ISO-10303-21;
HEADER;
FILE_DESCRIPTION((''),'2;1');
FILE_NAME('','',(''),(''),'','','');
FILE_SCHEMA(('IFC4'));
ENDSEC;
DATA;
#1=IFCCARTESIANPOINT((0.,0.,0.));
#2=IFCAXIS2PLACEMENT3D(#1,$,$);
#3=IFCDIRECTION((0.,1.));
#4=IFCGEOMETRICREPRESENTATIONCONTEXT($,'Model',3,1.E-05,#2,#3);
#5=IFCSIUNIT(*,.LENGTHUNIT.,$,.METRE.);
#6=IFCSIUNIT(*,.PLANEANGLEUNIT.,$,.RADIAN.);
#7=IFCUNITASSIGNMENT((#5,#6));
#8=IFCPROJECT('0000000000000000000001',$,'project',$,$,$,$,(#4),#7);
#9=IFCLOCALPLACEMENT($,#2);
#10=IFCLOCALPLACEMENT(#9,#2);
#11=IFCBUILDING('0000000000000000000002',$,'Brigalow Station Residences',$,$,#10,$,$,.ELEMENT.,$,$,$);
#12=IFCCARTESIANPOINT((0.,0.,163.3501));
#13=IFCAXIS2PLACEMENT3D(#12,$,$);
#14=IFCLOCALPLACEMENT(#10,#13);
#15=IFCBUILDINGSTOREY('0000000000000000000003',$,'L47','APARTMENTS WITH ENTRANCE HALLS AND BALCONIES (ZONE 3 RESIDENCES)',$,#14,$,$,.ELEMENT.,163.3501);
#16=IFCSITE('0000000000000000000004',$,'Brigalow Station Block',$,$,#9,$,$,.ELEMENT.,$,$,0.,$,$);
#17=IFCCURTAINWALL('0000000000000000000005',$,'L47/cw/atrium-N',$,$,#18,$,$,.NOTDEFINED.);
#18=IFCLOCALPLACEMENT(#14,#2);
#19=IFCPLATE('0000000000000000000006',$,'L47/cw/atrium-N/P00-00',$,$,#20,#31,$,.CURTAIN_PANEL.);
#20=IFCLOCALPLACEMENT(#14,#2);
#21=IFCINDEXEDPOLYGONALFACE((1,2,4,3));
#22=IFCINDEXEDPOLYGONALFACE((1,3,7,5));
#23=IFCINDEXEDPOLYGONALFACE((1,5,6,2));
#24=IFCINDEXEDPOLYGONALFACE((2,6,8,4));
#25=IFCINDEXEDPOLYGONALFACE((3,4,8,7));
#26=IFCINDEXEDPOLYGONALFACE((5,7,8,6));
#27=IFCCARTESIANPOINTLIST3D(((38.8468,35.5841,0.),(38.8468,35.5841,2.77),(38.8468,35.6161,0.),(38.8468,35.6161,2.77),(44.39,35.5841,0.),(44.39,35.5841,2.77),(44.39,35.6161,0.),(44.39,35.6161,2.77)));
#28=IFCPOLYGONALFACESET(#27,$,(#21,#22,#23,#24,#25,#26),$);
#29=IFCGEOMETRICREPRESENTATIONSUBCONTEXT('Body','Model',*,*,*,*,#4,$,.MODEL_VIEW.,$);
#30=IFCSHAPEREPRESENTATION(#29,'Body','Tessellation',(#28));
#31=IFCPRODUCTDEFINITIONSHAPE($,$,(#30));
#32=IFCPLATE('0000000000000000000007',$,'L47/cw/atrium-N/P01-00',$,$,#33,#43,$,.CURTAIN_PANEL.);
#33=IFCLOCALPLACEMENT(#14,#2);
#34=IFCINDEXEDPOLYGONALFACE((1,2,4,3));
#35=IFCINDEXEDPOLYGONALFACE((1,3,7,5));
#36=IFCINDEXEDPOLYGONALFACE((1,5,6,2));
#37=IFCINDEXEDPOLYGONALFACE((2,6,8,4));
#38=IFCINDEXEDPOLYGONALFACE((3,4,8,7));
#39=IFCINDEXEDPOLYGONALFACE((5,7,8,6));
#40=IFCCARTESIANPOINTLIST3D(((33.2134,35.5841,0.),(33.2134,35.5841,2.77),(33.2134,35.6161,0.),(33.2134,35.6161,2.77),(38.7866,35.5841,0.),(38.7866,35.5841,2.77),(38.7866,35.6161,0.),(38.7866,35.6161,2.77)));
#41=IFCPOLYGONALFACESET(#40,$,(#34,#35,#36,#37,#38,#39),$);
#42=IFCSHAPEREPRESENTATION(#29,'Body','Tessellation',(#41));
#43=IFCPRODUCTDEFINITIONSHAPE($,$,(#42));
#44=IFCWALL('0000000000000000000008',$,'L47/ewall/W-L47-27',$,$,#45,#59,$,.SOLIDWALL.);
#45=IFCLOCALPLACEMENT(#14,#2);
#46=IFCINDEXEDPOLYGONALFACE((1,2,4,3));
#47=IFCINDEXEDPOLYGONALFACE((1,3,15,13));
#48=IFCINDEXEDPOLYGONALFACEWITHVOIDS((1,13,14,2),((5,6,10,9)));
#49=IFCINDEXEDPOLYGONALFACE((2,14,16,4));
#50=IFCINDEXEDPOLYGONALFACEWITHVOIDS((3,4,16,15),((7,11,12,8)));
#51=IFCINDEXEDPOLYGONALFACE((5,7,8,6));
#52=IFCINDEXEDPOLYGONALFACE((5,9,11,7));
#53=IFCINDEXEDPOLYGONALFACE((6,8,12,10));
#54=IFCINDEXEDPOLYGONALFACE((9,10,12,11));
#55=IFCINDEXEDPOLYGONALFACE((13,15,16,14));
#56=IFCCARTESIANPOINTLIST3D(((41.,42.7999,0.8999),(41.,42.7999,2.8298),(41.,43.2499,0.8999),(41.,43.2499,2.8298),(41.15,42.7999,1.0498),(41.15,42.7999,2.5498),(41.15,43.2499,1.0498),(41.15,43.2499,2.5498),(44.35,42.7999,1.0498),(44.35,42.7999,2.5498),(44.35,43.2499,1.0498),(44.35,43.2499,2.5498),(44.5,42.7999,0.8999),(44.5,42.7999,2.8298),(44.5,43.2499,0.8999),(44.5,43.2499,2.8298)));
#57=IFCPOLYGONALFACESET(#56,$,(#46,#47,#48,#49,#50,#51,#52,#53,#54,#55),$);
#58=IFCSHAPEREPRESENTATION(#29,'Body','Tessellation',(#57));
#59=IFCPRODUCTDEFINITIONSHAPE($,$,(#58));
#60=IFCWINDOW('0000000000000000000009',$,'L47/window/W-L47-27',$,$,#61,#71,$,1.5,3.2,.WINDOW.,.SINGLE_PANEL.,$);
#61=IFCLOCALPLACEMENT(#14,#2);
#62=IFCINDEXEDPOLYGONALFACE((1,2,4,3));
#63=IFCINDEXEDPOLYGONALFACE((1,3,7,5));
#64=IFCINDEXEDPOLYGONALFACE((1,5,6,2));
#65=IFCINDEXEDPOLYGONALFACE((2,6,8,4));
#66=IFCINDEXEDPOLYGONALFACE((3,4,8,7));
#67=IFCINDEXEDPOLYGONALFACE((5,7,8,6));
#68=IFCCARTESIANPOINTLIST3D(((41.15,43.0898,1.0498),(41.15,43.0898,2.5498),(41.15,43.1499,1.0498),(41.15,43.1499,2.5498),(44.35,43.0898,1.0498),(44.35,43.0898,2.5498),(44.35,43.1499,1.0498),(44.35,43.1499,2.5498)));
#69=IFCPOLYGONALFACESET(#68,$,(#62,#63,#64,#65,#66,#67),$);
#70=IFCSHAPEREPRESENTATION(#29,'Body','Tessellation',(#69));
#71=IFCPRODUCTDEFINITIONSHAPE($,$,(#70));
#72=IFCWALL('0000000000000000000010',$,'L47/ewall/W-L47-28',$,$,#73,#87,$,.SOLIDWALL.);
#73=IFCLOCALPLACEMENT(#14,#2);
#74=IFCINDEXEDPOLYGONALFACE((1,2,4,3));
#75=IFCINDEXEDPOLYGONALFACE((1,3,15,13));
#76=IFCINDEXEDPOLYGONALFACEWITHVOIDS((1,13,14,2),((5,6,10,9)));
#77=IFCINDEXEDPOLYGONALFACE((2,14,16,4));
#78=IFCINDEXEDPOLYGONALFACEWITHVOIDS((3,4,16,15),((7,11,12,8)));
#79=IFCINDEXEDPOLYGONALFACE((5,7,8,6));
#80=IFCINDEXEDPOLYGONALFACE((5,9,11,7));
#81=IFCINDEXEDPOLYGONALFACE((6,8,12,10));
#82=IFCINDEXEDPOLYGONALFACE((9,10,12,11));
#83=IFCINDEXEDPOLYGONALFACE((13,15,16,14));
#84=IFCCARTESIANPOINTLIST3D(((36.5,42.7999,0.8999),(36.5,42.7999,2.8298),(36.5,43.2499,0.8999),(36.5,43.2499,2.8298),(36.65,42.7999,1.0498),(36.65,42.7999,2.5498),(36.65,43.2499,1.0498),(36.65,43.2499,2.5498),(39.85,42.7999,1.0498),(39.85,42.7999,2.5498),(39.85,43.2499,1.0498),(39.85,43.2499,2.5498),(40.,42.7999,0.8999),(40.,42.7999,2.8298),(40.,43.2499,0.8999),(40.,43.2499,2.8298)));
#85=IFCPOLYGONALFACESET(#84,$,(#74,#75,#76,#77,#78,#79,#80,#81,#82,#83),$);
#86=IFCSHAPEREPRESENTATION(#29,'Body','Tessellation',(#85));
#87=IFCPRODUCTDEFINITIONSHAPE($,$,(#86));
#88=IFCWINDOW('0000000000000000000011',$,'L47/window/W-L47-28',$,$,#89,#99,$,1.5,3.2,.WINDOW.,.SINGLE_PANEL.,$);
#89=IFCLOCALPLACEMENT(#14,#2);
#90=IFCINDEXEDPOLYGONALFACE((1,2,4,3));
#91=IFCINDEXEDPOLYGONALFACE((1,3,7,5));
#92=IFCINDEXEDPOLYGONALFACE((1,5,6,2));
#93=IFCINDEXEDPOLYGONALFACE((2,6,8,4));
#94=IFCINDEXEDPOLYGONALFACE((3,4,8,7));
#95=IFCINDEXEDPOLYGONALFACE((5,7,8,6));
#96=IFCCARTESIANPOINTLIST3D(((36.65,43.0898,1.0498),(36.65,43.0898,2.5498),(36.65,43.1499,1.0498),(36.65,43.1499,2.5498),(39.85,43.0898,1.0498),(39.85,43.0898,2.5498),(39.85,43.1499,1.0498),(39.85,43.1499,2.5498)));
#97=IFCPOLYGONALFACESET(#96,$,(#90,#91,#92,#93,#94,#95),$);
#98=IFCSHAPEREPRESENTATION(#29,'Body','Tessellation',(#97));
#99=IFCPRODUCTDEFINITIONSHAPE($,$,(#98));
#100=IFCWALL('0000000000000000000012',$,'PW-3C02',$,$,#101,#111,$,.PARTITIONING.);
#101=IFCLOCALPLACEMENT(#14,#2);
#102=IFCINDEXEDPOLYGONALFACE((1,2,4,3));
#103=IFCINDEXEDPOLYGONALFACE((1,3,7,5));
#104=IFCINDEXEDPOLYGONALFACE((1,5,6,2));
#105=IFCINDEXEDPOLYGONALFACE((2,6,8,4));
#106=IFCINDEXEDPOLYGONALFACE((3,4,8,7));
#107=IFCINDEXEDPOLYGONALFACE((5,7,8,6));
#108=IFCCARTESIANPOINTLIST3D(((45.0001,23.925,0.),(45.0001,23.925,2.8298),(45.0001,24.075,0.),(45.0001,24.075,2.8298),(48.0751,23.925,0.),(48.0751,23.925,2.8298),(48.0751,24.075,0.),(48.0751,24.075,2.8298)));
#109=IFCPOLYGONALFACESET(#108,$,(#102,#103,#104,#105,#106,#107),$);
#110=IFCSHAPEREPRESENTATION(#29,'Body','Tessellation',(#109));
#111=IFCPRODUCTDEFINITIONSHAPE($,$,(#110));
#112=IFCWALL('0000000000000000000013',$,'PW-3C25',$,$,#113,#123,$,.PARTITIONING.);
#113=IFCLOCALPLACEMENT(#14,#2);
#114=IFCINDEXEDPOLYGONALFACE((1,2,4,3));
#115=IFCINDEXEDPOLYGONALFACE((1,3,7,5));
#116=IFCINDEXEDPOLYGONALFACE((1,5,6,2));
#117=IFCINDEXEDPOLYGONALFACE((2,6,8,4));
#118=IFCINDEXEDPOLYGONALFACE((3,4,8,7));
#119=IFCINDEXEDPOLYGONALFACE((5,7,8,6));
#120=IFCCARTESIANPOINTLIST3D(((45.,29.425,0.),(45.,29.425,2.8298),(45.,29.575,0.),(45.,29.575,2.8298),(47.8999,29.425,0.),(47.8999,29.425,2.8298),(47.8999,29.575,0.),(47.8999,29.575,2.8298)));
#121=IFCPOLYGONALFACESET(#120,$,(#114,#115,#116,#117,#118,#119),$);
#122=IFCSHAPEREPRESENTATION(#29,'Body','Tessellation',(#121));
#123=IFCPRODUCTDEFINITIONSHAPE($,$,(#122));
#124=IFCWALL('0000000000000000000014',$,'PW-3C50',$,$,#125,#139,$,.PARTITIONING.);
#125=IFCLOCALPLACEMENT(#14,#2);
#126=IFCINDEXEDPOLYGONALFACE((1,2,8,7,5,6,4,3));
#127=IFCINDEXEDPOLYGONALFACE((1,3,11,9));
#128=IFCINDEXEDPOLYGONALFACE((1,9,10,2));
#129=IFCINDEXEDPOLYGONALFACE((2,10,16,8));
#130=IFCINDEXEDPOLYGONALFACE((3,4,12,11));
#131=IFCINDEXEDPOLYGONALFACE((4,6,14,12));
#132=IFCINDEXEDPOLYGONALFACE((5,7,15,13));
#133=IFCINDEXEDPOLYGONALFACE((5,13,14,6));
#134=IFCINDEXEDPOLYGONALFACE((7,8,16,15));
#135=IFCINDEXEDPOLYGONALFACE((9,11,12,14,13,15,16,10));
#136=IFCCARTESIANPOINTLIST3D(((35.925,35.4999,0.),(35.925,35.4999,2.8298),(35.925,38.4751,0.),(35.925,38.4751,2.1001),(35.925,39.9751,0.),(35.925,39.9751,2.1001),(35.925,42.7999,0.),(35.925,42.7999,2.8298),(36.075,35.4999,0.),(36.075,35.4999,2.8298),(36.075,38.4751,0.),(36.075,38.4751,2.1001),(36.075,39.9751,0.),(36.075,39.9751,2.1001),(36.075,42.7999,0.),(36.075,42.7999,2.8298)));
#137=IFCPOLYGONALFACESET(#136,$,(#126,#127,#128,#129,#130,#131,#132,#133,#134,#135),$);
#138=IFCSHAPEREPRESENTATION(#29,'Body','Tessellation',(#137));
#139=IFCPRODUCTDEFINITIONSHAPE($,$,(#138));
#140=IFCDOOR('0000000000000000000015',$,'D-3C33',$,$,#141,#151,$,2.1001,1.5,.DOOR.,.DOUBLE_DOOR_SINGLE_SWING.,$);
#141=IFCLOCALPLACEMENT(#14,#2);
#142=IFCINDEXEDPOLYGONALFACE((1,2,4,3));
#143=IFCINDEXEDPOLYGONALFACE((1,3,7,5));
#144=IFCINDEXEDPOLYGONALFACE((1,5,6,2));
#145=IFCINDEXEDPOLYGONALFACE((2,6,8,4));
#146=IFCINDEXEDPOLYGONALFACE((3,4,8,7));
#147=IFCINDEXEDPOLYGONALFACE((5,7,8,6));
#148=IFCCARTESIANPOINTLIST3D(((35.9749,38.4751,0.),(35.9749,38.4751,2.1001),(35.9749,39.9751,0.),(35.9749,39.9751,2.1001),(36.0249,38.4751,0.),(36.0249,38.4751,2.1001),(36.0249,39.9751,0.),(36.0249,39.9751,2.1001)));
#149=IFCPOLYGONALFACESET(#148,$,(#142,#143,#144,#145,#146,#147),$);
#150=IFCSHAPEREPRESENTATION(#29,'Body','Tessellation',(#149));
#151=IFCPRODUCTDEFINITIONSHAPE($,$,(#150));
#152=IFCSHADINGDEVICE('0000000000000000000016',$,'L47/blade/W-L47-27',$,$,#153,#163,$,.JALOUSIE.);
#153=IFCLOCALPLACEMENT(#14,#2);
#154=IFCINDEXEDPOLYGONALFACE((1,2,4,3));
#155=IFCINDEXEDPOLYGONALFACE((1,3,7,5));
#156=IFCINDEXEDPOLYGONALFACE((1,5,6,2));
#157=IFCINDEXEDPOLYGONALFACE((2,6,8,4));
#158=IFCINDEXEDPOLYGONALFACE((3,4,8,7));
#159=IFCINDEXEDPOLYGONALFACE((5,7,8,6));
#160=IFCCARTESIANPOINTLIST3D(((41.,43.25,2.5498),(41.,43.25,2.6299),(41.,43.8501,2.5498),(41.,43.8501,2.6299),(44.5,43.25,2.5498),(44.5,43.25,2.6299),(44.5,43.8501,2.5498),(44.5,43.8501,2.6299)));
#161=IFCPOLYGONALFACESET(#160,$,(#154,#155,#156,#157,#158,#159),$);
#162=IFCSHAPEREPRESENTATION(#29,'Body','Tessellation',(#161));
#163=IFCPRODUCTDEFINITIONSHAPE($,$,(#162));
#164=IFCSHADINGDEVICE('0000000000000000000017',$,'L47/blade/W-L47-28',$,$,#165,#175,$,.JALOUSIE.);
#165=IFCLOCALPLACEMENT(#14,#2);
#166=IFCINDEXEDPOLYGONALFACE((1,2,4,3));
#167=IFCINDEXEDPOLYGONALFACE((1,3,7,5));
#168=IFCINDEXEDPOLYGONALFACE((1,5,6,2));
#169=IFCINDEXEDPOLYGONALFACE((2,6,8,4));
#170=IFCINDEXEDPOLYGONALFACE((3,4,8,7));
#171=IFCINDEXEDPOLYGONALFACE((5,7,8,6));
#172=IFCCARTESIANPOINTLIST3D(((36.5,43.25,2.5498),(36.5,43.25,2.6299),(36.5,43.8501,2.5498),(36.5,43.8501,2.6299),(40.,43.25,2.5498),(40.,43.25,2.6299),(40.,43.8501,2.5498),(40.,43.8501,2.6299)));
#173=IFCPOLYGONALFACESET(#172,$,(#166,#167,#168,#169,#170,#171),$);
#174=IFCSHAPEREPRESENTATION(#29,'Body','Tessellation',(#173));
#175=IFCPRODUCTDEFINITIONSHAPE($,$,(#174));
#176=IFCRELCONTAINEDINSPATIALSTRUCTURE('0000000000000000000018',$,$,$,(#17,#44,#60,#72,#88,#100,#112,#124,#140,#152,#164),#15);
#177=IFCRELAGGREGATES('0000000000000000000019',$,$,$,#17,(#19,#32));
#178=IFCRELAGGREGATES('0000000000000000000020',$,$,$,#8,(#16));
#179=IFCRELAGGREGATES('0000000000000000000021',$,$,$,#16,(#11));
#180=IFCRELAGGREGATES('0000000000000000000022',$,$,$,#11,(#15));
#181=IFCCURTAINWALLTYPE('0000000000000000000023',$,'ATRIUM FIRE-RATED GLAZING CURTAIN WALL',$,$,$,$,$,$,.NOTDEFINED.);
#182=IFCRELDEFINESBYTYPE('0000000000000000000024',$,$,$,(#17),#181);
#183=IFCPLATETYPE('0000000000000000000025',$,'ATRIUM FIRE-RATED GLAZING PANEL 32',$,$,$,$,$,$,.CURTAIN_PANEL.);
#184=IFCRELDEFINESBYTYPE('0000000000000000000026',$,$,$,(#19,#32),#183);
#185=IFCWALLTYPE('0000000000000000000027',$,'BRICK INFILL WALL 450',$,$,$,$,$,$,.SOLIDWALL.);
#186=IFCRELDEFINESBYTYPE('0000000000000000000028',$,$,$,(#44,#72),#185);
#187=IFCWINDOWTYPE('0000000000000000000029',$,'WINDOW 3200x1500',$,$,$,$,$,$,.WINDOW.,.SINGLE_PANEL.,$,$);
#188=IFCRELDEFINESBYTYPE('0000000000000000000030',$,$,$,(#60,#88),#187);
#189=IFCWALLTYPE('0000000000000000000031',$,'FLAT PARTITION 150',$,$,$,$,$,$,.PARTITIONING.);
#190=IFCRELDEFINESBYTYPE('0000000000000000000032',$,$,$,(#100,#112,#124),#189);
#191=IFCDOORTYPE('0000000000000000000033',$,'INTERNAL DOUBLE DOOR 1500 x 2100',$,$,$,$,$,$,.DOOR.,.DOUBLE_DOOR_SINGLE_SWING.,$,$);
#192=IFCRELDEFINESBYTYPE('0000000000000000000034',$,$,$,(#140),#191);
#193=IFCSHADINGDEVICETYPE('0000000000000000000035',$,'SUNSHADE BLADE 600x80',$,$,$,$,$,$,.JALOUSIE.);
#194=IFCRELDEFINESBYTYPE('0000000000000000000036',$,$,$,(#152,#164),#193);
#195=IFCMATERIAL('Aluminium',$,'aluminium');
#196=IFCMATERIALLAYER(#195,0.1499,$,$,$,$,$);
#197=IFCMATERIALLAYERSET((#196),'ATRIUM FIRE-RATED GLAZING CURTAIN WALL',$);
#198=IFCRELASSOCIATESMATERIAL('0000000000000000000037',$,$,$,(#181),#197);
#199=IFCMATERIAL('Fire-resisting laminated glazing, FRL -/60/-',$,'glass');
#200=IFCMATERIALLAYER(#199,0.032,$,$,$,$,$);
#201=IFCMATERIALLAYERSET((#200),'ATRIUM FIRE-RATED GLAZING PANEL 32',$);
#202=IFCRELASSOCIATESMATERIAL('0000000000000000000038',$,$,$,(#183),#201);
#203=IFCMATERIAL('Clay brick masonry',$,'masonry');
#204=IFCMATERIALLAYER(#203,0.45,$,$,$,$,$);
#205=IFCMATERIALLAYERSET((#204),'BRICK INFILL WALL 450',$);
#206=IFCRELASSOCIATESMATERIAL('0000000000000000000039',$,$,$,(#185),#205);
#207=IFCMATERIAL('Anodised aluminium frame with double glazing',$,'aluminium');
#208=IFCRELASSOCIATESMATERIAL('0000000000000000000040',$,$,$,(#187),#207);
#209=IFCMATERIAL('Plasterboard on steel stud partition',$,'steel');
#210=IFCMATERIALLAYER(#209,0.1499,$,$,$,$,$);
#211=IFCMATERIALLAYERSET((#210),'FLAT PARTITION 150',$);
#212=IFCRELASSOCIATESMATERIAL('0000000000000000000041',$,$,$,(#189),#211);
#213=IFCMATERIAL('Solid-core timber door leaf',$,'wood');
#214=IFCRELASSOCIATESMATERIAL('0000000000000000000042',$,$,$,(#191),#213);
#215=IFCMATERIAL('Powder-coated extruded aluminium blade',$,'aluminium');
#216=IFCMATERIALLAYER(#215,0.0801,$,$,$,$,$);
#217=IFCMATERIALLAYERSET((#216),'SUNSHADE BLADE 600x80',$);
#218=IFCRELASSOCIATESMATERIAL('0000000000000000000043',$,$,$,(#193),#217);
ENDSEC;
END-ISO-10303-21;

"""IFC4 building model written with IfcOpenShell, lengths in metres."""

from ifc_helpers import new_model, si_unit, direction, frame, frame_2d, origin, origin_2d, place, context, subcontext, project, spatial, rectangle, extrude, material, layer, layer_set, type_object, element, fill, aggregate, save


model = new_model("IFC4")

# Units and contexts
model_context = context("Model", 3, precision=1e-05, world=origin(), true_north=direction((0.0, 1.0)))
body_context = subcontext(model_context, "Body", "Model", "MODEL_VIEW")
ifc_project = project(units=[si_unit("LENGTHUNIT", "METRE"), si_unit("PLANEANGLEUNIT", "RADIAN")], contexts=[model_context])

# Site, building, storey
site_placement = place(None, origin())
site = spatial("IfcSite", under=ifc_project, at=site_placement, Name="Brigalow Station Block", CompositionType="ELEMENT", RefElevation=0.0)
building_placement = place(site_placement, origin())
building = spatial("IfcBuilding", under=site, at=building_placement, Name="Brigalow Station Residences", CompositionType="ELEMENT")
storey_placement = place(building_placement, frame((0.0, 0.0, 163.3501)))
storey = spatial("IfcBuildingStorey", under=building, at=storey_placement, Name="L47", Description="APARTMENTS WITH ENTRANCE HALLS AND BALCONIES (ZONE 3 RESIDENCES)", CompositionType="ELEMENT", Elevation=163.3501)

# Curtain wall
ifc_material_1 = material(Name="Aluminium", Category="aluminium")
ifc_layer_1 = layer(ifc_material_1, 0.1499)
ifc_layer_set_1 = layer_set([ifc_layer_1], Name="ATRIUM FIRE-RATED GLAZING CURTAIN WALL")
curtain_wall_type = type_object("IfcCurtainWallType", Name="ATRIUM FIRE-RATED GLAZING CURTAIN WALL", PredefinedType="NOTDEFINED", material=ifc_layer_set_1)
curtain_wall_1_placement = place(storey_placement, origin())
curtain_wall_1 = element("IfcCurtainWall", 1, at=curtain_wall_1_placement, inside=storey, type_object=curtain_wall_type, Name="L47/cw/atrium-N", PredefinedType="NOTDEFINED")

# Plates
ifc_material_2 = material(Name="Fire-resisting laminated glazing, FRL -/60/-", Category="glass")
ifc_layer_2 = layer(ifc_material_2, 0.032)
ifc_layer_set_2 = layer_set([ifc_layer_2], Name="ATRIUM FIRE-RATED GLAZING PANEL 32")
plate_type = type_object("IfcPlateType", Name="ATRIUM FIRE-RATED GLAZING PANEL 32", PredefinedType="CURTAIN_PANEL", material=ifc_layer_set_2)
plate_1_placement = place(storey_placement, frame((41.6184, 35.6001, 0.0), z_axis=(0.0, 0.0, 1.0), x_axis=(-1.0, 0.0, 0.0)))
plate_1 = element("IfcPlate", 2, at=plate_1_placement, type_object=plate_type, Name="L47/cw/atrium-N/P00-00", PredefinedType="CURTAIN_PANEL", context=body_context, shape_type="SweptSolid", body=[
    extrude(rectangle(XDim=5.5432, YDim=0.032, at=origin_2d()), origin(), (0.0, 0.0, 1.0), 2.77),
])
plate_2_placement = place(storey_placement, frame((36.0, 35.6001, 0.0), z_axis=(0.0, 0.0, 1.0), x_axis=(-1.0, 0.0, 0.0)))
plate_2 = element("IfcPlate", 3, at=plate_2_placement, type_object=plate_type, Name="L47/cw/atrium-N/P01-00", PredefinedType="CURTAIN_PANEL", context=body_context, shape_type="SweptSolid", body=[
    extrude(rectangle(XDim=5.5732, YDim=0.032, at=origin_2d()), origin(), (0.0, 0.0, 1.0), 2.77),
])
aggregate(curtain_wall_1, [plate_1, plate_2])

# Walls, openings, windows
ifc_material_3 = material(Name="Clay brick masonry", Category="masonry")
ifc_layer_3 = layer(ifc_material_3, 0.45)
ifc_layer_set_3 = layer_set([ifc_layer_3], Name="BRICK INFILL WALL 450")
wall_type_1 = type_object("IfcWallType", Name="BRICK INFILL WALL 450", PredefinedType="SOLIDWALL", material=ifc_layer_set_3)
wall_1_placement = place(storey_placement, frame((44.5, 43.0249, 0.8999), z_axis=(0.0, 0.0, 1.0), x_axis=(-1.0, 0.0, 0.0)))
wall_1 = element("IfcWall", 4, at=wall_1_placement, inside=storey, type_object=wall_type_1, Name="L47/ewall/W-L47-27", PredefinedType="SOLIDWALL", context=body_context, shape_type="SweptSolid", body=[
    extrude(rectangle(XDim=3.5, YDim=0.45, at=frame_2d((1.75, 0.0))), origin(), (0.0, 0.0, 1.0), 1.9299),
])
opening_1_placement = place(wall_1_placement, frame((0.1499, 0.0, 0.1499)))
opening_1 = element("IfcOpeningElement", 5, at=opening_1_placement, cuts=wall_1, PredefinedType="OPENING", context=body_context, shape_type="SweptSolid", body=[
    extrude(rectangle(XDim=3.2, YDim=1.5, at=frame_2d((1.6001, 0.75))), frame((0.0, 0.2349, 0.0), z_axis=(0.0, -1.0, 0.0), x_axis=(1.0, 0.0, 0.0)), (0.0, 0.0, 1.0), 0.47),
])
ifc_material_4 = material(Name="Anodised aluminium frame with double glazing", Category="aluminium")
window_type = type_object("IfcWindowType", Name="WINDOW 3200x1500", PartitioningType="SINGLE_PANEL", PredefinedType="WINDOW", material=ifc_material_4)
window_1_placement = place(opening_1_placement, origin())
window_1 = element("IfcWindow", 6, at=window_1_placement, inside=storey, type_object=window_type, Name="L47/window/W-L47-27", OverallHeight=1.5, OverallWidth=3.2, PartitioningType="SINGLE_PANEL", PredefinedType="WINDOW", context=body_context, shape_type="SweptSolid", body=[
    extrude(rectangle(XDim=3.2, YDim=1.5, at=frame_2d((1.6001, 0.75))), frame((0.0, -0.0649, 0.0), z_axis=(0.0, -1.0, 0.0), x_axis=(1.0, 0.0, 0.0)), (0.0, 0.0, 1.0), 0.0601),
])
fill(opening_1, window_1)
wall_2_placement = place(storey_placement, frame((40.0, 43.0249, 0.8999), z_axis=(0.0, 0.0, 1.0), x_axis=(-1.0, 0.0, 0.0)))
wall_2 = element("IfcWall", 7, at=wall_2_placement, inside=storey, type_object=wall_type_1, Name="L47/ewall/W-L47-28", PredefinedType="SOLIDWALL", context=body_context, shape_type="SweptSolid", body=[
    extrude(rectangle(XDim=3.5, YDim=0.45, at=frame_2d((1.75, 0.0))), origin(), (0.0, 0.0, 1.0), 1.9299),
])
opening_2_placement = place(wall_2_placement, frame((0.1499, 0.0, 0.1499)))
opening_2 = element("IfcOpeningElement", 8, at=opening_2_placement, cuts=wall_2, PredefinedType="OPENING", context=body_context, shape_type="SweptSolid", body=[
    extrude(rectangle(XDim=3.2, YDim=1.5, at=frame_2d((1.6001, 0.75))), frame((0.0, 0.2349, 0.0), z_axis=(0.0, -1.0, 0.0), x_axis=(1.0, 0.0, 0.0)), (0.0, 0.0, 1.0), 0.47),
])
window_2_placement = place(opening_2_placement, origin())
window_2 = element("IfcWindow", 9, at=window_2_placement, inside=storey, type_object=window_type, Name="L47/window/W-L47-28", OverallHeight=1.5, OverallWidth=3.2, PartitioningType="SINGLE_PANEL", PredefinedType="WINDOW", context=body_context, shape_type="SweptSolid", body=[
    extrude(rectangle(XDim=3.2, YDim=1.5, at=frame_2d((1.6001, 0.75))), frame((0.0, -0.0649, 0.0), z_axis=(0.0, -1.0, 0.0), x_axis=(1.0, 0.0, 0.0)), (0.0, 0.0, 1.0), 0.0601),
])
fill(opening_2, window_2)

# Walls
ifc_material_5 = material(Name="Plasterboard on steel stud partition", Category="steel")
ifc_layer_4 = layer(ifc_material_5, 0.1499)
ifc_layer_set_4 = layer_set([ifc_layer_4], Name="FLAT PARTITION 150")
wall_type_2 = type_object("IfcWallType", Name="FLAT PARTITION 150", PredefinedType="PARTITIONING", material=ifc_layer_set_4)
wall_3_placement = place(storey_placement, frame((45.0, 24.0, 0.0), z_axis=(0.0, 0.0, 1.0), x_axis=(1.0, 0.0, 0.0)))
element("IfcWall", 10, at=wall_3_placement, inside=storey, type_object=wall_type_2, Name="PW-3C02", PredefinedType="PARTITIONING", context=body_context, shape_type="SweptSolid", body=[
    extrude(rectangle(XDim=3.075, YDim=0.1499, at=frame_2d((1.5376, 0.0))), origin(), (0.0, 0.0, 1.0), 2.8298),
])
wall_4_placement = place(storey_placement, frame((45.0, 29.5, 0.0), z_axis=(0.0, 0.0, 1.0), x_axis=(1.0, 0.0, 0.0)))
element("IfcWall", 11, at=wall_4_placement, inside=storey, type_object=wall_type_2, Name="PW-3C25", PredefinedType="PARTITIONING", context=body_context, shape_type="SweptSolid", body=[
    extrude(rectangle(XDim=2.8999, YDim=0.1499, at=frame_2d((1.45, 0.0))), origin(), (0.0, 0.0, 1.0), 2.8298),
])

# Wall, opening, door
wall_5_placement = place(storey_placement, frame((36.0, 35.5, 0.0), z_axis=(0.0, 0.0, 1.0), x_axis=(0.0, 1.0, 0.0)))
wall_5 = element("IfcWall", 12, at=wall_5_placement, inside=storey, type_object=wall_type_2, Name="PW-3C50", PredefinedType="PARTITIONING", context=body_context, shape_type="SweptSolid", body=[
    extrude(rectangle(XDim=7.3, YDim=0.1499, at=frame_2d((3.6499, 0.0))), origin(), (0.0, 0.0, 1.0), 2.8298),
])
opening_3_placement = place(wall_5_placement, frame((2.9751, 0.0, 0.0)))
opening_3 = element("IfcOpeningElement", 13, at=opening_3_placement, cuts=wall_5, PredefinedType="OPENING", context=body_context, shape_type="SweptSolid", body=[
    extrude(rectangle(XDim=1.5, YDim=2.1001, at=frame_2d((0.75, 1.05))), frame((0.0, 0.085, 0.0), z_axis=(0.0, -1.0, 0.0), x_axis=(1.0, 0.0, 0.0)), (0.0, 0.0, 1.0), 0.1699),
])
ifc_material_6 = material(Name="Solid-core timber door leaf", Category="wood")
door_type = type_object("IfcDoorType", Name="INTERNAL DOUBLE DOOR 1500 x 2100", OperationType="DOUBLE_DOOR_SINGLE_SWING", PredefinedType="DOOR", material=ifc_material_6)
door_placement = place(opening_3_placement, frame((1.5, 0.0, 0.0), z_axis=(0.0, 0.0, 1.0), x_axis=(-1.0, 0.0, 0.0)))
door = element("IfcDoor", 14, at=door_placement, inside=storey, type_object=door_type, Name="D-3C33", OperationType="DOUBLE_DOOR_SINGLE_SWING", OverallHeight=2.1001, OverallWidth=1.5, PredefinedType="DOOR", context=body_context, shape_type="SweptSolid", body=[
    extrude(rectangle(XDim=1.5, YDim=2.1001, at=frame_2d((0.75, 1.05))), frame((0.0, 0.0249, 0.0), z_axis=(0.0, -1.0, 0.0), x_axis=(1.0, 0.0, 0.0)), (0.0, 0.0, 1.0), 0.05),
])
fill(opening_3, door)

# Shading devices
ifc_material_7 = material(Name="Powder-coated extruded aluminium blade", Category="aluminium")
ifc_layer_5 = layer(ifc_material_7, 0.0801)
ifc_layer_set_5 = layer_set([ifc_layer_5], Name="SUNSHADE BLADE 600x80")
shading_device_type = type_object("IfcShadingDeviceType", Name="SUNSHADE BLADE 600x80", PredefinedType="JALOUSIE", material=ifc_layer_set_5)
for number, where, z_axis, x_axis, name in (
    (15, (42.75, 43.55, 2.5498), (0.0, 0.0, 1.0), (-1.0, 0.0, 0.0), "L47/blade/W-L47-27"),
    (16, (38.25, 43.55, 2.5498), (0.0, 0.0, 1.0), (-1.0, 0.0, 0.0), "L47/blade/W-L47-28"),
):
    element("IfcShadingDevice", number, at=place(storey_placement, frame(where, z_axis=z_axis, x_axis=x_axis)), inside=storey, type_object=shading_device_type, Name=name, PredefinedType="JALOUSIE", context=body_context, shape_type="SweptSolid", body=[
        extrude(rectangle(XDim=3.5, YDim=0.6001, at=origin_2d()), origin(), (0.0, 0.0, 1.0), 0.0801),
    ])

save(model, "model.ifc")
